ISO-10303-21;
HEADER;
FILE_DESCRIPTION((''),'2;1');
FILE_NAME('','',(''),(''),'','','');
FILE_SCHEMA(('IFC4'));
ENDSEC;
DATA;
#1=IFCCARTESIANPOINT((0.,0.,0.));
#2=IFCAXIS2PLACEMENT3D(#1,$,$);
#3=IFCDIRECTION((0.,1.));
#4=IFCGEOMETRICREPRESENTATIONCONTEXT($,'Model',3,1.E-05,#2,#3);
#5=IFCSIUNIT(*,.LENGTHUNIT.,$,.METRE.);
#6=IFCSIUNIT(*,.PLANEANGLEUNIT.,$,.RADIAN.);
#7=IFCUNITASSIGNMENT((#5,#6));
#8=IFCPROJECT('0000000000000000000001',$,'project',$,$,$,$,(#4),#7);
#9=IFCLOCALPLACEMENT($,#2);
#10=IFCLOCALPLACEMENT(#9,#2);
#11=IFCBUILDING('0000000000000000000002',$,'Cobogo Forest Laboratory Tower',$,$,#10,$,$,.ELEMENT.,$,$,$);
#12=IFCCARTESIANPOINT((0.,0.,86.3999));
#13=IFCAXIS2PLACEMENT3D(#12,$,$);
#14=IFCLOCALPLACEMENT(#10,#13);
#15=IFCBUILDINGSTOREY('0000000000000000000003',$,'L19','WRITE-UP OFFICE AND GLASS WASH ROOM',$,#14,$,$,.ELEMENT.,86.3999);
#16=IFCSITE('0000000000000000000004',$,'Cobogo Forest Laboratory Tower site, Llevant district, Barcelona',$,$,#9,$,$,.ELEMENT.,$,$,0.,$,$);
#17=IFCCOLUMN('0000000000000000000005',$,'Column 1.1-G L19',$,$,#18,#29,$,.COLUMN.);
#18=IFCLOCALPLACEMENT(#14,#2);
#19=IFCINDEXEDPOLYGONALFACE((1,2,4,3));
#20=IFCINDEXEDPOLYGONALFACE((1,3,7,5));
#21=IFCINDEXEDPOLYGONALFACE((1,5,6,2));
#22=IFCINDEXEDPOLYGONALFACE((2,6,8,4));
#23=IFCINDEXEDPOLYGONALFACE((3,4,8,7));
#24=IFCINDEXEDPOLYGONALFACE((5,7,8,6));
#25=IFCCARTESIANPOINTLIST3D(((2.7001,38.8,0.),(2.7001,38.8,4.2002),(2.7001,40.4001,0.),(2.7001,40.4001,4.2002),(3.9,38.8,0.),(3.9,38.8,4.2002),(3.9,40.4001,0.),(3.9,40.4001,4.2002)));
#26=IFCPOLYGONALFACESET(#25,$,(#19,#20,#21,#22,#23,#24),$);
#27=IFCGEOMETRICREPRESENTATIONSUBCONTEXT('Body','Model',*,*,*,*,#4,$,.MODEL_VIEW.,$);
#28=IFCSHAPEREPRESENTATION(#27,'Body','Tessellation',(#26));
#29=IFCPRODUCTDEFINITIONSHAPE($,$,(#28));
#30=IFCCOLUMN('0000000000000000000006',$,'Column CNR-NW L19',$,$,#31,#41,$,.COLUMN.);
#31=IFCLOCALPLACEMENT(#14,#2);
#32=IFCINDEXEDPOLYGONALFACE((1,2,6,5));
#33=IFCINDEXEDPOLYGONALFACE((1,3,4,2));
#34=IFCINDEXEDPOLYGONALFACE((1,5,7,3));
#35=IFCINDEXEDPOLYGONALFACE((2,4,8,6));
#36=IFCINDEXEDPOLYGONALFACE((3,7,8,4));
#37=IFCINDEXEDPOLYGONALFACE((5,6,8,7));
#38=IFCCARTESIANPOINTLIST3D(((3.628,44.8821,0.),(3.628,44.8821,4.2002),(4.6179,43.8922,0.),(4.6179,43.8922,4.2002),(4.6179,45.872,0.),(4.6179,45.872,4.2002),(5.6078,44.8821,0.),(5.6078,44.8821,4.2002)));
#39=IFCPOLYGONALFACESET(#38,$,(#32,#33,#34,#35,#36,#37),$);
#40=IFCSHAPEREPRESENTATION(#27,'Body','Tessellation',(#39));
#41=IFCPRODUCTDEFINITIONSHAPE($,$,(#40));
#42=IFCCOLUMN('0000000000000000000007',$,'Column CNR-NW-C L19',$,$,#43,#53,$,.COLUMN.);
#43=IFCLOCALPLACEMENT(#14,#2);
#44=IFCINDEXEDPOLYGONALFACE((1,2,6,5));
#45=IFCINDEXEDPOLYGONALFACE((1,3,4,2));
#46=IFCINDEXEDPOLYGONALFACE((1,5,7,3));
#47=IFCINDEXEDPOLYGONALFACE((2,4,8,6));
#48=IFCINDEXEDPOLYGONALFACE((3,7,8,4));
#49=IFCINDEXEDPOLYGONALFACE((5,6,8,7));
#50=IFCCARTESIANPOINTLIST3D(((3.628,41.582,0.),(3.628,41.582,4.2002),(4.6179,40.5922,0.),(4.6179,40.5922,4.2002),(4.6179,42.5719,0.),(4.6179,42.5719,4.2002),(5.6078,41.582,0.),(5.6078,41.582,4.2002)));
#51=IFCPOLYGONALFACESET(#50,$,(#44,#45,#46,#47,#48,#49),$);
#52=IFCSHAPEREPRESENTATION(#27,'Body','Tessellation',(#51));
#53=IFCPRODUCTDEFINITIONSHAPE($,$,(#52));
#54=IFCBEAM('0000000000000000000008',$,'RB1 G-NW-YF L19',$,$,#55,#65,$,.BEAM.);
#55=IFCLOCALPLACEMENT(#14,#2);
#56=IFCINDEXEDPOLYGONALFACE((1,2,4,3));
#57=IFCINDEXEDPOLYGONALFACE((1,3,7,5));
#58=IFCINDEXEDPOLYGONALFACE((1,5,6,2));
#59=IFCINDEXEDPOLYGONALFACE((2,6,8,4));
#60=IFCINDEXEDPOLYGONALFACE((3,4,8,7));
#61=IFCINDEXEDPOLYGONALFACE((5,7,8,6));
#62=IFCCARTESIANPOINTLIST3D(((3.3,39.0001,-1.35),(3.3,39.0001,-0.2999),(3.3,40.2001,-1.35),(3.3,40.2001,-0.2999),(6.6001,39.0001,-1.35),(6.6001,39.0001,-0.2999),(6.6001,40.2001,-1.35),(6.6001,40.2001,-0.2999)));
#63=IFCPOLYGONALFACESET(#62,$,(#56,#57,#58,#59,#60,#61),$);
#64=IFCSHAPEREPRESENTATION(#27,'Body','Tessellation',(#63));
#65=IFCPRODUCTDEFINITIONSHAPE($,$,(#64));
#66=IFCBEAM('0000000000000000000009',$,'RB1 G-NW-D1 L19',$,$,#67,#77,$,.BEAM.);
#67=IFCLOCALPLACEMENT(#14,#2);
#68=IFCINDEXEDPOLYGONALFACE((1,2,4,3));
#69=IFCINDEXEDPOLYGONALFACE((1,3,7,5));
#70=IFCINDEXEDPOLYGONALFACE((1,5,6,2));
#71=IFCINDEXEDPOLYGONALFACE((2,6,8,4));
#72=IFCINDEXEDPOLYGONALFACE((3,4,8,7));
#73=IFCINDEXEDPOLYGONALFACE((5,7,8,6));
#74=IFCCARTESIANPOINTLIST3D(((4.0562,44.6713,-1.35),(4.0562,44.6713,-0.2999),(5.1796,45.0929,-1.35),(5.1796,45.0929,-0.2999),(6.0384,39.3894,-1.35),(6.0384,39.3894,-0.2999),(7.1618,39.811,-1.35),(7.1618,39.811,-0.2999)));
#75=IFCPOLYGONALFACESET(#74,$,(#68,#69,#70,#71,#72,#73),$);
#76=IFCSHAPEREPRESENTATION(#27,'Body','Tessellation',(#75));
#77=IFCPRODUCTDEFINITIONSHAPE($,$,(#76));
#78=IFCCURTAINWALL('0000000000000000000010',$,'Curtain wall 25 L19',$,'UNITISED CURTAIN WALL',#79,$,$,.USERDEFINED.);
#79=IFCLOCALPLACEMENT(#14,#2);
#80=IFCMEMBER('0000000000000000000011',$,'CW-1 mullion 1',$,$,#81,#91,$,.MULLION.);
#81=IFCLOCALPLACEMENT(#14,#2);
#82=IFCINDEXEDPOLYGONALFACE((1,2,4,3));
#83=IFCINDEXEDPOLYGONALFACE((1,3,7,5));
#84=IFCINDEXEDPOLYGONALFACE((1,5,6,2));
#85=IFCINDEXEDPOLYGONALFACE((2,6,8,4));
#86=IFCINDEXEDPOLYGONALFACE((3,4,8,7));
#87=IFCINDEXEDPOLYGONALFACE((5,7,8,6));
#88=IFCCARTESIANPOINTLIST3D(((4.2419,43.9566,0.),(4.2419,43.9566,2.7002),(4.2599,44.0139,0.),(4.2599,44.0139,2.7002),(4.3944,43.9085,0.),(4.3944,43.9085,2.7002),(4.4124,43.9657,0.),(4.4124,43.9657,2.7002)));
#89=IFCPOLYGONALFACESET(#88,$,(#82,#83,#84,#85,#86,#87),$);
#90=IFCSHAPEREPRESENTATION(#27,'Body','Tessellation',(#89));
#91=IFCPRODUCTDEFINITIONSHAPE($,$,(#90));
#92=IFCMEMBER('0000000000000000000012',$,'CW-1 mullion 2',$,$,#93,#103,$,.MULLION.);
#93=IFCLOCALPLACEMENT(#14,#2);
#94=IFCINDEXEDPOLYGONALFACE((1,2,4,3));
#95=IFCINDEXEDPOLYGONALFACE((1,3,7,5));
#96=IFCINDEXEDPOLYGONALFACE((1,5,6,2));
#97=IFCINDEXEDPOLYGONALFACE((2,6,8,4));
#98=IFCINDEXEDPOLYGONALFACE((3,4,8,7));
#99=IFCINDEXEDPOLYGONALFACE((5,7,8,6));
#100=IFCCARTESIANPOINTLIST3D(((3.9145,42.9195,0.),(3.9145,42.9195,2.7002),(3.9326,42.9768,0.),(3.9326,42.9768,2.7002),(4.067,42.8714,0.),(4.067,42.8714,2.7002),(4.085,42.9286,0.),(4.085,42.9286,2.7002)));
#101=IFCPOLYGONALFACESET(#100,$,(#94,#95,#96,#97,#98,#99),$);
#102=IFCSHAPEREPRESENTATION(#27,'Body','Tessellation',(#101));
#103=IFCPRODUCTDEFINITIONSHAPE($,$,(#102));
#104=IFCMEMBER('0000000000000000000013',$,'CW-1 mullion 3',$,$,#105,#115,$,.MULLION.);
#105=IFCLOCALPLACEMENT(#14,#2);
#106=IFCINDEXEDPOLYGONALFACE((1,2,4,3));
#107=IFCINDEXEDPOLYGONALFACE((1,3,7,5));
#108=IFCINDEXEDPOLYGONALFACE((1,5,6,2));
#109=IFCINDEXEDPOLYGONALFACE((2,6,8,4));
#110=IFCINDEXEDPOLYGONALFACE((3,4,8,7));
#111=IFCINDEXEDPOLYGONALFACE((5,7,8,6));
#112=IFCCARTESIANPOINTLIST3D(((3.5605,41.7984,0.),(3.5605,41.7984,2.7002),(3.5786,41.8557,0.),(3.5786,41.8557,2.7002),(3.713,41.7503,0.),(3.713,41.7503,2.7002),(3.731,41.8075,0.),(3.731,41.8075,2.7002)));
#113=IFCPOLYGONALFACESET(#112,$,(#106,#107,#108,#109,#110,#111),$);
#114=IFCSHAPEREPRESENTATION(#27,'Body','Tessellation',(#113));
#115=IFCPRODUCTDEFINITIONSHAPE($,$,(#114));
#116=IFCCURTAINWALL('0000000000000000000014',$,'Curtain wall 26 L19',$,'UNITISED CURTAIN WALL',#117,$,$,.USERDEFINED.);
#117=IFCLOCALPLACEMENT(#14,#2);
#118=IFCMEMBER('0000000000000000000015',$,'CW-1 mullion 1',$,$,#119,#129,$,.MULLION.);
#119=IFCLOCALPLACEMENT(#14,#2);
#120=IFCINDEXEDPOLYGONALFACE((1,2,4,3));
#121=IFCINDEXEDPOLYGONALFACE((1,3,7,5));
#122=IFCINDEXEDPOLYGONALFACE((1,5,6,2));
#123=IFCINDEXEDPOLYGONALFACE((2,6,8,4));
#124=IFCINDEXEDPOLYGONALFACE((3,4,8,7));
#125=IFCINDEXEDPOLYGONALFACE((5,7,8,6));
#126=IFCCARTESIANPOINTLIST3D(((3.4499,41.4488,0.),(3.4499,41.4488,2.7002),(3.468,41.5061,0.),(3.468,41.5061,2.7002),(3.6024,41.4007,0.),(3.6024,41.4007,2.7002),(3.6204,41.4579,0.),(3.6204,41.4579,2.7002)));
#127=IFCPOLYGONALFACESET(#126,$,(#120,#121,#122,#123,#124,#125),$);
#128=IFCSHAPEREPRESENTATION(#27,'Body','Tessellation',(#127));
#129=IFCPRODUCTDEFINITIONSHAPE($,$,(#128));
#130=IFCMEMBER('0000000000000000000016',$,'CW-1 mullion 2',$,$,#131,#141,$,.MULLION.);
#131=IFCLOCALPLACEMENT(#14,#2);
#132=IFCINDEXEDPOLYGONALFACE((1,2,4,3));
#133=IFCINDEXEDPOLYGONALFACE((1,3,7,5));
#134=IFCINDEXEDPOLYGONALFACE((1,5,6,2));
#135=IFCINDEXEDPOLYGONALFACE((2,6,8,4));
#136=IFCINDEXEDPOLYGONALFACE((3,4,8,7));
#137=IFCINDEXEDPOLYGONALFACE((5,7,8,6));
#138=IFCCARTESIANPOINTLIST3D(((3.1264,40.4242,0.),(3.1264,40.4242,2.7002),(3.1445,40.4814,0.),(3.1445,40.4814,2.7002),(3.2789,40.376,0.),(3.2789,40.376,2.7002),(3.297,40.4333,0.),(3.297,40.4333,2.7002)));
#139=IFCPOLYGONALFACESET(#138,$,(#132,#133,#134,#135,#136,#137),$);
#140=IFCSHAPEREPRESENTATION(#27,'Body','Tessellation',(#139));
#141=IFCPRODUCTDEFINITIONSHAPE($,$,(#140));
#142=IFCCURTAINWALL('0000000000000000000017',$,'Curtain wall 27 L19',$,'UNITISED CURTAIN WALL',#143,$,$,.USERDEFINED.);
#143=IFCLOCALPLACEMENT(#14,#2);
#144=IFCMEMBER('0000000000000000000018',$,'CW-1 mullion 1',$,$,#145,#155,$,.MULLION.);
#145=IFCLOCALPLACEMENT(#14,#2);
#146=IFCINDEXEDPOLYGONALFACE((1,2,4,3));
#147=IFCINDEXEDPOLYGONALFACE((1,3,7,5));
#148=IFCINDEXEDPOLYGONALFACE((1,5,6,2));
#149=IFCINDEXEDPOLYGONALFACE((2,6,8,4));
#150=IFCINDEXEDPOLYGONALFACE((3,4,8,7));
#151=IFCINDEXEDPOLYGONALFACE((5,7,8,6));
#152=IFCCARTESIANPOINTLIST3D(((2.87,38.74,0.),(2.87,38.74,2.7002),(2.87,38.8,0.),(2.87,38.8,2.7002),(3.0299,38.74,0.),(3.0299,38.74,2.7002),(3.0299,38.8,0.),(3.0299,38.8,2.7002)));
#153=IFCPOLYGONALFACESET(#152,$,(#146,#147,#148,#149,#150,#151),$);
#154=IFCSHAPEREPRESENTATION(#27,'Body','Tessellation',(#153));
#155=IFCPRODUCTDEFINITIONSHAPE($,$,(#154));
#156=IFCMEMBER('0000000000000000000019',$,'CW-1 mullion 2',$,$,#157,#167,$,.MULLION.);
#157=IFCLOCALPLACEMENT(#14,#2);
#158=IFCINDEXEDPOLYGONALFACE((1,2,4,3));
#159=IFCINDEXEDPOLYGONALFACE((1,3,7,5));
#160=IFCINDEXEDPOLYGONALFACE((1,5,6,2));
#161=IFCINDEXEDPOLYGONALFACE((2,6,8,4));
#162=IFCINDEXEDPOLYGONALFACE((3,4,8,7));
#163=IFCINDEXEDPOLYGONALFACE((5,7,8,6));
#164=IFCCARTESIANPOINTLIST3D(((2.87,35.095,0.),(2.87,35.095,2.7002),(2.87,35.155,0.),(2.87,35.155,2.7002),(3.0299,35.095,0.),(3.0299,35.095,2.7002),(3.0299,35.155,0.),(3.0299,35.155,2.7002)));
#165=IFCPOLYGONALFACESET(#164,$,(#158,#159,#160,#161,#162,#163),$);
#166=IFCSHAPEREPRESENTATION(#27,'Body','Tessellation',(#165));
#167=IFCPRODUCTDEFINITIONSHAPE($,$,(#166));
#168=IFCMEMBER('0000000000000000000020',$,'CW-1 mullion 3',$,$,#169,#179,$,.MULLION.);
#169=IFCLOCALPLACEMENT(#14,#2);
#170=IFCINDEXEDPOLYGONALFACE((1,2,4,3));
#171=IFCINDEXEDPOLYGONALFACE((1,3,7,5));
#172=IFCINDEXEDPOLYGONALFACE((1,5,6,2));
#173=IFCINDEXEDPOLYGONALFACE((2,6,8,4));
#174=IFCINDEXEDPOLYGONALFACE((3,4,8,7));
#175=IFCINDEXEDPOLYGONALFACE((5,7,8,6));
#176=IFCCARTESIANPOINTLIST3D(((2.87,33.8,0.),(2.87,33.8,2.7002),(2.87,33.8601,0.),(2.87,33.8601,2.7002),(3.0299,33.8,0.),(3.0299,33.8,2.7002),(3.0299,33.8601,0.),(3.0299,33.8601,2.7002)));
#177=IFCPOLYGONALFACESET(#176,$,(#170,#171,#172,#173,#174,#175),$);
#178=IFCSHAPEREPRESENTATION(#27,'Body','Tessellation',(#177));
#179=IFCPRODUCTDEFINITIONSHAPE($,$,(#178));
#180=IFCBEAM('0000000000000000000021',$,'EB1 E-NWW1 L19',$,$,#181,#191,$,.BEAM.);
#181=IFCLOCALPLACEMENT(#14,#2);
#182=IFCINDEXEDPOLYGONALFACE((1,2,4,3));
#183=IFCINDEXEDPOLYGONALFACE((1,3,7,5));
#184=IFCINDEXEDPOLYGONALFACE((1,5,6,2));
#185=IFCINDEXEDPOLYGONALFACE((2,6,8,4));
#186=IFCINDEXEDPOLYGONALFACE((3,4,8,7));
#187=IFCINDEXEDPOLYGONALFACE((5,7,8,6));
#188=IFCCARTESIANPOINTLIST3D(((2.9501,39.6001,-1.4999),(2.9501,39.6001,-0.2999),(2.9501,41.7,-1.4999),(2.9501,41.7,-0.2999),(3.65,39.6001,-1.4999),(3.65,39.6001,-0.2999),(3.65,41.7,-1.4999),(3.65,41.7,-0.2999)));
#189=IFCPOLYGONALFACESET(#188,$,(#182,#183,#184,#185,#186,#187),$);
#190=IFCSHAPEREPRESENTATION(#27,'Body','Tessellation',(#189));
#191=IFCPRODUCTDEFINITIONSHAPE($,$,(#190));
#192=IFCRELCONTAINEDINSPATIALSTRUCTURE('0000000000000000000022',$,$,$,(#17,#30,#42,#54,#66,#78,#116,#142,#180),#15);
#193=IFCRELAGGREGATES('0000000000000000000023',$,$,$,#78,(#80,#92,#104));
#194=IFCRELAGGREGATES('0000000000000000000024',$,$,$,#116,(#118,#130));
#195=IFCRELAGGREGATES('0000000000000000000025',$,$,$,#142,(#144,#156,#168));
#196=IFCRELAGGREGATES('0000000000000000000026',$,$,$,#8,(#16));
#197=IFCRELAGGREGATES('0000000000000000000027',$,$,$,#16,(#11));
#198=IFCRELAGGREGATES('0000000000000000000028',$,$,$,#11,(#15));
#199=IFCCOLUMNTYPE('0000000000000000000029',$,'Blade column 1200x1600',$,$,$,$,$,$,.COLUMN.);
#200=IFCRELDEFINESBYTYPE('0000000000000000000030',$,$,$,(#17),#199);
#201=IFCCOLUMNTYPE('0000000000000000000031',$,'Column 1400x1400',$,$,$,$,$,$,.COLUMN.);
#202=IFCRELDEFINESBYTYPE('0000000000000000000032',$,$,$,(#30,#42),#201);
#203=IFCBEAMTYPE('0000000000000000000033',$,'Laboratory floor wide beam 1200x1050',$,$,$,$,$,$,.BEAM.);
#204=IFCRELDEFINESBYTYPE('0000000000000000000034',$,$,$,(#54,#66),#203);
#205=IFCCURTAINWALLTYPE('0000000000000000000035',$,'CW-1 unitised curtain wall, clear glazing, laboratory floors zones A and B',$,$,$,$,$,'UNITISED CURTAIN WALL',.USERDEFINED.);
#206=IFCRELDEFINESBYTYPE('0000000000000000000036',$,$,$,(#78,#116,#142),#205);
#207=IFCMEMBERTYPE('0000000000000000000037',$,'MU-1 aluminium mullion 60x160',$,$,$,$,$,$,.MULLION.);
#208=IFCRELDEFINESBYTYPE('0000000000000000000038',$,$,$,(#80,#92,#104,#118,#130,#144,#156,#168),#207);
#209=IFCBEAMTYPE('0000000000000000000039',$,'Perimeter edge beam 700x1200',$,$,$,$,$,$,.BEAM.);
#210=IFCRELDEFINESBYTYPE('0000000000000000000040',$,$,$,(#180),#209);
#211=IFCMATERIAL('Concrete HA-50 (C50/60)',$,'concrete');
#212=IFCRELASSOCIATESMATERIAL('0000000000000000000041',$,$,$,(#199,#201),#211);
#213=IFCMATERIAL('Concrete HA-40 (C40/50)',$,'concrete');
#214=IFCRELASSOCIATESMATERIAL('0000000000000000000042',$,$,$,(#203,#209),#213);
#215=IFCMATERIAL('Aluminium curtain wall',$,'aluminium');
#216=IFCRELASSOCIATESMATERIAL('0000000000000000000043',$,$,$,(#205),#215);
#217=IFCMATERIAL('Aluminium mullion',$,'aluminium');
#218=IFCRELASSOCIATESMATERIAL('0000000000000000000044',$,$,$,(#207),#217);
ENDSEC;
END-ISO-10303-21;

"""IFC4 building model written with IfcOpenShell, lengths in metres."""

from ifc_helpers import new_model, si_unit, direction, frame, origin, origin_2d, place, context, subcontext, project, spatial, rectangle, extrude, material, material_profile, profile_set, type_object, element, aggregate, save


model = new_model("IFC4")

# Units and contexts
model_context = context("Model", 3, precision=1e-05, world=origin(), true_north=direction((0.0, 1.0)))
body_context = subcontext(model_context, "Body", "Model", "MODEL_VIEW")
ifc_project = project(units=[si_unit("LENGTHUNIT", "METRE"), si_unit("PLANEANGLEUNIT", "RADIAN")], contexts=[model_context])

# Site, building, storey
site_placement = place(None, origin())
site = spatial("IfcSite", under=ifc_project, at=site_placement, Name="Cobogo Forest Laboratory Tower site, Llevant district, Barcelona", CompositionType="ELEMENT", RefElevation=0.0)
building_placement = place(site_placement, origin())
building = spatial("IfcBuilding", under=site, at=building_placement, Name="Cobogo Forest Laboratory Tower", CompositionType="ELEMENT")
storey_placement = place(building_placement, frame((0.0, 0.0, 86.3999)))
storey = spatial("IfcBuildingStorey", under=building, at=storey_placement, Name="L19", Description="WRITE-UP OFFICE AND GLASS WASH ROOM", CompositionType="ELEMENT", Elevation=86.3999)

# Columns
ifc_material_1 = material(Name="Concrete HA-50 (C50/60)", Category="concrete")
ifc_material_profile_1 = material_profile(ifc_material_1, rectangle(XDim=1.6001, YDim=1.2, at=origin_2d()), Name="RC 1200x1600")
ifc_profile_set_1 = profile_set([ifc_material_profile_1], Name="Concrete HA-50 (C50/60)")
column_type_1 = type_object("IfcColumnType", Name="Blade column 1200x1600", PredefinedType="COLUMN", material=ifc_profile_set_1)
column_placement = place(storey_placement, frame((3.3, 39.6001, 0.0), z_axis=(0.0, 0.0, 1.0), x_axis=(0.0, 1.0, 0.0)))
element("IfcColumn", 1, at=column_placement, inside=storey, type_object=column_type_1, Name="Column 1.1-G L19", PredefinedType="COLUMN", context=body_context, shape_type="SweptSolid", body=[
    extrude(rectangle(XDim=1.6001, YDim=1.2, at=origin_2d()), origin(), (0.0, 0.0, 1.0), 4.2002),
])
ifc_material_profile_2 = material_profile(ifc_material_1, rectangle(XDim=1.3999, YDim=1.3999, at=origin_2d()), Name="RC 1400x1400")
ifc_profile_set_2 = profile_set([ifc_material_profile_2], Name="Concrete HA-50 (C50/60)")
column_type_2 = type_object("IfcColumnType", Name="Column 1400x1400", PredefinedType="COLUMN", material=ifc_profile_set_2)
for number, where, z_axis, x_axis, name in (
    (2, (4.6179, 44.8821, 0.0), (0.0, 0.0, 1.0), (0.707107, 0.707107, 0.0), "Column CNR-NW L19"),
    (3, (4.6179, 41.582, 0.0), (0.0, 0.0, 1.0), (0.707107, 0.707107, 0.0), "Column CNR-NW-C L19"),
):
    element("IfcColumn", number, at=place(storey_placement, frame(where, z_axis=z_axis, x_axis=x_axis)), inside=storey, type_object=column_type_2, Name=name, PredefinedType="COLUMN", context=body_context, shape_type="SweptSolid", body=[
        extrude(rectangle(XDim=1.3999, YDim=1.3999, at=origin_2d()), origin(), (0.0, 0.0, 1.0), 4.2002),
    ])

# Beams
ifc_material_2 = material(Name="Concrete HA-40 (C40/50)", Category="concrete")
ifc_material_profile_3 = material_profile(ifc_material_2, rectangle(XDim=1.2, YDim=1.05, at=origin_2d()), Name="RC 1200x1050")
ifc_profile_set_3 = profile_set([ifc_material_profile_3], Name="Concrete HA-40 (C40/50)")
beam_type_1 = type_object("IfcBeamType", Name="Laboratory floor wide beam 1200x1050", PredefinedType="BEAM", material=ifc_profile_set_3)
beam_1_placement = place(storey_placement, frame((3.3, 39.6001, -0.825), z_axis=(1.0, 0.0, 0.0), x_axis=(0.0, 1.0, 0.0)))
element("IfcBeam", 4, at=beam_1_placement, inside=storey, type_object=beam_type_1, Name="RB1 G-NW-YF L19", PredefinedType="BEAM", context=body_context, shape_type="SweptSolid", body=[
    extrude(rectangle(XDim=1.2, YDim=1.05, at=origin_2d()), origin(), (0.0, 0.0, 1.0), 3.3),
])
beam_2_placement = place(storey_placement, frame((4.6179, 44.8821, -0.825), z_axis=(0.351346, -0.936246, 0.0), x_axis=(0.936246, 0.351346, 0.0)))
element("IfcBeam", 5, at=beam_2_placement, inside=storey, type_object=beam_type_1, Name="RB1 G-NW-D1 L19", PredefinedType="BEAM", context=body_context, shape_type="SweptSolid", body=[
    extrude(rectangle(XDim=1.2, YDim=1.05, at=origin_2d()), origin(), (0.0, 0.0, 1.0), 5.6416),
])

# Curtain walls, members
ifc_material_3 = material(Name="Aluminium curtain wall", Category="aluminium")
curtain_wall_type = type_object("IfcCurtainWallType", Name="CW-1 unitised curtain wall, clear glazing, laboratory floors zones A and B", ElementType="UNITISED CURTAIN WALL", PredefinedType="USERDEFINED", material=ifc_material_3)
curtain_wall_1_placement = place(storey_placement, origin())
curtain_wall_1 = element("IfcCurtainWall", 6, at=curtain_wall_1_placement, inside=storey, type_object=curtain_wall_type, Name="Curtain wall 25 L19", ObjectType="UNITISED CURTAIN WALL", PredefinedType="USERDEFINED")
ifc_material_4 = material(Name="Aluminium mullion", Category="aluminium")
ifc_material_profile_4 = material_profile(ifc_material_4, rectangle(XDim=0.0601, YDim=0.1599, at=origin_2d()), Name="AL 60x160")
ifc_profile_set_4 = profile_set([ifc_material_profile_4], Name="Aluminium mullion")
member_type_1 = type_object("IfcMemberType", Name="MU-1 aluminium mullion 60x160", PredefinedType="MULLION", material=ifc_profile_set_4)
member_1_placement = place(storey_placement, frame((4.3271, 43.9612, 0.0), z_axis=(0.0, 0.0, 1.0), x_axis=(-0.301135, -0.953581, 0.0)))
member_1 = element("IfcMember", 7, at=member_1_placement, type_object=member_type_1, Name="CW-1 mullion 1", PredefinedType="MULLION", context=body_context, shape_type="SweptSolid", body=[
    extrude(rectangle(XDim=0.0601, YDim=0.1599, at=origin_2d()), origin(), (0.0, 0.0, 1.0), 2.7002),
])
member_2_placement = place(storey_placement, frame((3.9998, 42.9241, 0.0), z_axis=(0.0, 0.0, 1.0), x_axis=(-0.301135, -0.953581, 0.0)))
member_2 = element("IfcMember", 8, at=member_2_placement, type_object=member_type_1, Name="CW-1 mullion 2", PredefinedType="MULLION", context=body_context, shape_type="SweptSolid", body=[
    extrude(rectangle(XDim=0.0601, YDim=0.1599, at=origin_2d()), origin(), (0.0, 0.0, 1.0), 2.7002),
])
member_3_placement = place(storey_placement, frame((3.6458, 41.803, 0.0), z_axis=(0.0, 0.0, 1.0), x_axis=(-0.301135, -0.953581, 0.0)))
member_3 = element("IfcMember", 9, at=member_3_placement, type_object=member_type_1, Name="CW-1 mullion 3", PredefinedType="MULLION", context=body_context, shape_type="SweptSolid", body=[
    extrude(rectangle(XDim=0.0601, YDim=0.1599, at=origin_2d()), origin(), (0.0, 0.0, 1.0), 2.7002),
])
curtain_wall_2_placement = place(storey_placement, origin())
curtain_wall_2 = element("IfcCurtainWall", 10, at=curtain_wall_2_placement, inside=storey, type_object=curtain_wall_type, Name="Curtain wall 26 L19", ObjectType="UNITISED CURTAIN WALL", PredefinedType="USERDEFINED")
member_4_placement = place(storey_placement, frame((3.5352, 41.4534, 0.0), z_axis=(0.0, 0.0, 1.0), x_axis=(-0.301136, -0.953581, 0.0)))
member_4 = element("IfcMember", 11, at=member_4_placement, type_object=member_type_1, Name="CW-1 mullion 1", PredefinedType="MULLION", context=body_context, shape_type="SweptSolid", body=[
    extrude(rectangle(XDim=0.0601, YDim=0.1599, at=origin_2d()), origin(), (0.0, 0.0, 1.0), 2.7002),
])
member_5_placement = place(storey_placement, frame((3.2117, 40.4287, 0.0), z_axis=(0.0, 0.0, 1.0), x_axis=(-0.301136, -0.953581, 0.0)))
member_5 = element("IfcMember", 12, at=member_5_placement, type_object=member_type_1, Name="CW-1 mullion 2", PredefinedType="MULLION", context=body_context, shape_type="SweptSolid", body=[
    extrude(rectangle(XDim=0.0601, YDim=0.1599, at=origin_2d()), origin(), (0.0, 0.0, 1.0), 2.7002),
])
curtain_wall_3_placement = place(storey_placement, origin())
curtain_wall_3 = element("IfcCurtainWall", 13, at=curtain_wall_3_placement, inside=storey, type_object=curtain_wall_type, Name="Curtain wall 27 L19", ObjectType="UNITISED CURTAIN WALL", PredefinedType="USERDEFINED")
member_6_placement = place(storey_placement, frame((2.95, 38.77, 0.0), z_axis=(0.0, 0.0, 1.0), x_axis=(0.0, -1.0, 0.0)))
member_6 = element("IfcMember", 14, at=member_6_placement, type_object=member_type_1, Name="CW-1 mullion 1", PredefinedType="MULLION", context=body_context, shape_type="SweptSolid", body=[
    extrude(rectangle(XDim=0.0601, YDim=0.1599, at=origin_2d()), origin(), (0.0, 0.0, 1.0), 2.7002),
])
member_7_placement = place(storey_placement, frame((2.95, 35.125, 0.0), z_axis=(0.0, 0.0, 1.0), x_axis=(0.0, -1.0, 0.0)))
member_7 = element("IfcMember", 15, at=member_7_placement, type_object=member_type_1, Name="CW-1 mullion 2", PredefinedType="MULLION", context=body_context, shape_type="SweptSolid", body=[
    extrude(rectangle(XDim=0.0601, YDim=0.1599, at=origin_2d()), origin(), (0.0, 0.0, 1.0), 2.7002),
])
member_8_placement = place(storey_placement, frame((2.95, 33.8301, 0.0), z_axis=(0.0, 0.0, 1.0), x_axis=(0.0, -1.0, 0.0)))
member_8 = element("IfcMember", 16, at=member_8_placement, type_object=member_type_1, Name="CW-1 mullion 3", PredefinedType="MULLION", context=body_context, shape_type="SweptSolid", body=[
    extrude(rectangle(XDim=0.0601, YDim=0.1599, at=origin_2d()), origin(), (0.0, 0.0, 1.0), 2.7002),
])

# Beam
ifc_material_profile_5 = material_profile(ifc_material_2, rectangle(XDim=0.7, YDim=1.2, at=origin_2d()), Name="RC 700x1200")
ifc_profile_set_5 = profile_set([ifc_material_profile_5], Name="Concrete HA-40 (C40/50)")
beam_type_2 = type_object("IfcBeamType", Name="Perimeter edge beam 700x1200", PredefinedType="BEAM", material=ifc_profile_set_5)
beam_3_placement = place(storey_placement, frame((3.3, 39.6001, -0.8999), z_axis=(0.0, 1.0, 0.0), x_axis=(-1.0, 0.0, 0.0)))
element("IfcBeam", 17, at=beam_3_placement, inside=storey, type_object=beam_type_2, Name="EB1 E-NWW1 L19", PredefinedType="BEAM", context=body_context, shape_type="SweptSolid", body=[
    extrude(rectangle(XDim=0.7, YDim=1.2, at=origin_2d()), origin(), (0.0, 0.0, 1.0), 2.0999),
])

aggregate(curtain_wall_1, [member_1, member_2, member_3])
aggregate(curtain_wall_2, [member_4, member_5])
aggregate(curtain_wall_3, [member_6, member_7, member_8])

save(model, "model.ifc")
